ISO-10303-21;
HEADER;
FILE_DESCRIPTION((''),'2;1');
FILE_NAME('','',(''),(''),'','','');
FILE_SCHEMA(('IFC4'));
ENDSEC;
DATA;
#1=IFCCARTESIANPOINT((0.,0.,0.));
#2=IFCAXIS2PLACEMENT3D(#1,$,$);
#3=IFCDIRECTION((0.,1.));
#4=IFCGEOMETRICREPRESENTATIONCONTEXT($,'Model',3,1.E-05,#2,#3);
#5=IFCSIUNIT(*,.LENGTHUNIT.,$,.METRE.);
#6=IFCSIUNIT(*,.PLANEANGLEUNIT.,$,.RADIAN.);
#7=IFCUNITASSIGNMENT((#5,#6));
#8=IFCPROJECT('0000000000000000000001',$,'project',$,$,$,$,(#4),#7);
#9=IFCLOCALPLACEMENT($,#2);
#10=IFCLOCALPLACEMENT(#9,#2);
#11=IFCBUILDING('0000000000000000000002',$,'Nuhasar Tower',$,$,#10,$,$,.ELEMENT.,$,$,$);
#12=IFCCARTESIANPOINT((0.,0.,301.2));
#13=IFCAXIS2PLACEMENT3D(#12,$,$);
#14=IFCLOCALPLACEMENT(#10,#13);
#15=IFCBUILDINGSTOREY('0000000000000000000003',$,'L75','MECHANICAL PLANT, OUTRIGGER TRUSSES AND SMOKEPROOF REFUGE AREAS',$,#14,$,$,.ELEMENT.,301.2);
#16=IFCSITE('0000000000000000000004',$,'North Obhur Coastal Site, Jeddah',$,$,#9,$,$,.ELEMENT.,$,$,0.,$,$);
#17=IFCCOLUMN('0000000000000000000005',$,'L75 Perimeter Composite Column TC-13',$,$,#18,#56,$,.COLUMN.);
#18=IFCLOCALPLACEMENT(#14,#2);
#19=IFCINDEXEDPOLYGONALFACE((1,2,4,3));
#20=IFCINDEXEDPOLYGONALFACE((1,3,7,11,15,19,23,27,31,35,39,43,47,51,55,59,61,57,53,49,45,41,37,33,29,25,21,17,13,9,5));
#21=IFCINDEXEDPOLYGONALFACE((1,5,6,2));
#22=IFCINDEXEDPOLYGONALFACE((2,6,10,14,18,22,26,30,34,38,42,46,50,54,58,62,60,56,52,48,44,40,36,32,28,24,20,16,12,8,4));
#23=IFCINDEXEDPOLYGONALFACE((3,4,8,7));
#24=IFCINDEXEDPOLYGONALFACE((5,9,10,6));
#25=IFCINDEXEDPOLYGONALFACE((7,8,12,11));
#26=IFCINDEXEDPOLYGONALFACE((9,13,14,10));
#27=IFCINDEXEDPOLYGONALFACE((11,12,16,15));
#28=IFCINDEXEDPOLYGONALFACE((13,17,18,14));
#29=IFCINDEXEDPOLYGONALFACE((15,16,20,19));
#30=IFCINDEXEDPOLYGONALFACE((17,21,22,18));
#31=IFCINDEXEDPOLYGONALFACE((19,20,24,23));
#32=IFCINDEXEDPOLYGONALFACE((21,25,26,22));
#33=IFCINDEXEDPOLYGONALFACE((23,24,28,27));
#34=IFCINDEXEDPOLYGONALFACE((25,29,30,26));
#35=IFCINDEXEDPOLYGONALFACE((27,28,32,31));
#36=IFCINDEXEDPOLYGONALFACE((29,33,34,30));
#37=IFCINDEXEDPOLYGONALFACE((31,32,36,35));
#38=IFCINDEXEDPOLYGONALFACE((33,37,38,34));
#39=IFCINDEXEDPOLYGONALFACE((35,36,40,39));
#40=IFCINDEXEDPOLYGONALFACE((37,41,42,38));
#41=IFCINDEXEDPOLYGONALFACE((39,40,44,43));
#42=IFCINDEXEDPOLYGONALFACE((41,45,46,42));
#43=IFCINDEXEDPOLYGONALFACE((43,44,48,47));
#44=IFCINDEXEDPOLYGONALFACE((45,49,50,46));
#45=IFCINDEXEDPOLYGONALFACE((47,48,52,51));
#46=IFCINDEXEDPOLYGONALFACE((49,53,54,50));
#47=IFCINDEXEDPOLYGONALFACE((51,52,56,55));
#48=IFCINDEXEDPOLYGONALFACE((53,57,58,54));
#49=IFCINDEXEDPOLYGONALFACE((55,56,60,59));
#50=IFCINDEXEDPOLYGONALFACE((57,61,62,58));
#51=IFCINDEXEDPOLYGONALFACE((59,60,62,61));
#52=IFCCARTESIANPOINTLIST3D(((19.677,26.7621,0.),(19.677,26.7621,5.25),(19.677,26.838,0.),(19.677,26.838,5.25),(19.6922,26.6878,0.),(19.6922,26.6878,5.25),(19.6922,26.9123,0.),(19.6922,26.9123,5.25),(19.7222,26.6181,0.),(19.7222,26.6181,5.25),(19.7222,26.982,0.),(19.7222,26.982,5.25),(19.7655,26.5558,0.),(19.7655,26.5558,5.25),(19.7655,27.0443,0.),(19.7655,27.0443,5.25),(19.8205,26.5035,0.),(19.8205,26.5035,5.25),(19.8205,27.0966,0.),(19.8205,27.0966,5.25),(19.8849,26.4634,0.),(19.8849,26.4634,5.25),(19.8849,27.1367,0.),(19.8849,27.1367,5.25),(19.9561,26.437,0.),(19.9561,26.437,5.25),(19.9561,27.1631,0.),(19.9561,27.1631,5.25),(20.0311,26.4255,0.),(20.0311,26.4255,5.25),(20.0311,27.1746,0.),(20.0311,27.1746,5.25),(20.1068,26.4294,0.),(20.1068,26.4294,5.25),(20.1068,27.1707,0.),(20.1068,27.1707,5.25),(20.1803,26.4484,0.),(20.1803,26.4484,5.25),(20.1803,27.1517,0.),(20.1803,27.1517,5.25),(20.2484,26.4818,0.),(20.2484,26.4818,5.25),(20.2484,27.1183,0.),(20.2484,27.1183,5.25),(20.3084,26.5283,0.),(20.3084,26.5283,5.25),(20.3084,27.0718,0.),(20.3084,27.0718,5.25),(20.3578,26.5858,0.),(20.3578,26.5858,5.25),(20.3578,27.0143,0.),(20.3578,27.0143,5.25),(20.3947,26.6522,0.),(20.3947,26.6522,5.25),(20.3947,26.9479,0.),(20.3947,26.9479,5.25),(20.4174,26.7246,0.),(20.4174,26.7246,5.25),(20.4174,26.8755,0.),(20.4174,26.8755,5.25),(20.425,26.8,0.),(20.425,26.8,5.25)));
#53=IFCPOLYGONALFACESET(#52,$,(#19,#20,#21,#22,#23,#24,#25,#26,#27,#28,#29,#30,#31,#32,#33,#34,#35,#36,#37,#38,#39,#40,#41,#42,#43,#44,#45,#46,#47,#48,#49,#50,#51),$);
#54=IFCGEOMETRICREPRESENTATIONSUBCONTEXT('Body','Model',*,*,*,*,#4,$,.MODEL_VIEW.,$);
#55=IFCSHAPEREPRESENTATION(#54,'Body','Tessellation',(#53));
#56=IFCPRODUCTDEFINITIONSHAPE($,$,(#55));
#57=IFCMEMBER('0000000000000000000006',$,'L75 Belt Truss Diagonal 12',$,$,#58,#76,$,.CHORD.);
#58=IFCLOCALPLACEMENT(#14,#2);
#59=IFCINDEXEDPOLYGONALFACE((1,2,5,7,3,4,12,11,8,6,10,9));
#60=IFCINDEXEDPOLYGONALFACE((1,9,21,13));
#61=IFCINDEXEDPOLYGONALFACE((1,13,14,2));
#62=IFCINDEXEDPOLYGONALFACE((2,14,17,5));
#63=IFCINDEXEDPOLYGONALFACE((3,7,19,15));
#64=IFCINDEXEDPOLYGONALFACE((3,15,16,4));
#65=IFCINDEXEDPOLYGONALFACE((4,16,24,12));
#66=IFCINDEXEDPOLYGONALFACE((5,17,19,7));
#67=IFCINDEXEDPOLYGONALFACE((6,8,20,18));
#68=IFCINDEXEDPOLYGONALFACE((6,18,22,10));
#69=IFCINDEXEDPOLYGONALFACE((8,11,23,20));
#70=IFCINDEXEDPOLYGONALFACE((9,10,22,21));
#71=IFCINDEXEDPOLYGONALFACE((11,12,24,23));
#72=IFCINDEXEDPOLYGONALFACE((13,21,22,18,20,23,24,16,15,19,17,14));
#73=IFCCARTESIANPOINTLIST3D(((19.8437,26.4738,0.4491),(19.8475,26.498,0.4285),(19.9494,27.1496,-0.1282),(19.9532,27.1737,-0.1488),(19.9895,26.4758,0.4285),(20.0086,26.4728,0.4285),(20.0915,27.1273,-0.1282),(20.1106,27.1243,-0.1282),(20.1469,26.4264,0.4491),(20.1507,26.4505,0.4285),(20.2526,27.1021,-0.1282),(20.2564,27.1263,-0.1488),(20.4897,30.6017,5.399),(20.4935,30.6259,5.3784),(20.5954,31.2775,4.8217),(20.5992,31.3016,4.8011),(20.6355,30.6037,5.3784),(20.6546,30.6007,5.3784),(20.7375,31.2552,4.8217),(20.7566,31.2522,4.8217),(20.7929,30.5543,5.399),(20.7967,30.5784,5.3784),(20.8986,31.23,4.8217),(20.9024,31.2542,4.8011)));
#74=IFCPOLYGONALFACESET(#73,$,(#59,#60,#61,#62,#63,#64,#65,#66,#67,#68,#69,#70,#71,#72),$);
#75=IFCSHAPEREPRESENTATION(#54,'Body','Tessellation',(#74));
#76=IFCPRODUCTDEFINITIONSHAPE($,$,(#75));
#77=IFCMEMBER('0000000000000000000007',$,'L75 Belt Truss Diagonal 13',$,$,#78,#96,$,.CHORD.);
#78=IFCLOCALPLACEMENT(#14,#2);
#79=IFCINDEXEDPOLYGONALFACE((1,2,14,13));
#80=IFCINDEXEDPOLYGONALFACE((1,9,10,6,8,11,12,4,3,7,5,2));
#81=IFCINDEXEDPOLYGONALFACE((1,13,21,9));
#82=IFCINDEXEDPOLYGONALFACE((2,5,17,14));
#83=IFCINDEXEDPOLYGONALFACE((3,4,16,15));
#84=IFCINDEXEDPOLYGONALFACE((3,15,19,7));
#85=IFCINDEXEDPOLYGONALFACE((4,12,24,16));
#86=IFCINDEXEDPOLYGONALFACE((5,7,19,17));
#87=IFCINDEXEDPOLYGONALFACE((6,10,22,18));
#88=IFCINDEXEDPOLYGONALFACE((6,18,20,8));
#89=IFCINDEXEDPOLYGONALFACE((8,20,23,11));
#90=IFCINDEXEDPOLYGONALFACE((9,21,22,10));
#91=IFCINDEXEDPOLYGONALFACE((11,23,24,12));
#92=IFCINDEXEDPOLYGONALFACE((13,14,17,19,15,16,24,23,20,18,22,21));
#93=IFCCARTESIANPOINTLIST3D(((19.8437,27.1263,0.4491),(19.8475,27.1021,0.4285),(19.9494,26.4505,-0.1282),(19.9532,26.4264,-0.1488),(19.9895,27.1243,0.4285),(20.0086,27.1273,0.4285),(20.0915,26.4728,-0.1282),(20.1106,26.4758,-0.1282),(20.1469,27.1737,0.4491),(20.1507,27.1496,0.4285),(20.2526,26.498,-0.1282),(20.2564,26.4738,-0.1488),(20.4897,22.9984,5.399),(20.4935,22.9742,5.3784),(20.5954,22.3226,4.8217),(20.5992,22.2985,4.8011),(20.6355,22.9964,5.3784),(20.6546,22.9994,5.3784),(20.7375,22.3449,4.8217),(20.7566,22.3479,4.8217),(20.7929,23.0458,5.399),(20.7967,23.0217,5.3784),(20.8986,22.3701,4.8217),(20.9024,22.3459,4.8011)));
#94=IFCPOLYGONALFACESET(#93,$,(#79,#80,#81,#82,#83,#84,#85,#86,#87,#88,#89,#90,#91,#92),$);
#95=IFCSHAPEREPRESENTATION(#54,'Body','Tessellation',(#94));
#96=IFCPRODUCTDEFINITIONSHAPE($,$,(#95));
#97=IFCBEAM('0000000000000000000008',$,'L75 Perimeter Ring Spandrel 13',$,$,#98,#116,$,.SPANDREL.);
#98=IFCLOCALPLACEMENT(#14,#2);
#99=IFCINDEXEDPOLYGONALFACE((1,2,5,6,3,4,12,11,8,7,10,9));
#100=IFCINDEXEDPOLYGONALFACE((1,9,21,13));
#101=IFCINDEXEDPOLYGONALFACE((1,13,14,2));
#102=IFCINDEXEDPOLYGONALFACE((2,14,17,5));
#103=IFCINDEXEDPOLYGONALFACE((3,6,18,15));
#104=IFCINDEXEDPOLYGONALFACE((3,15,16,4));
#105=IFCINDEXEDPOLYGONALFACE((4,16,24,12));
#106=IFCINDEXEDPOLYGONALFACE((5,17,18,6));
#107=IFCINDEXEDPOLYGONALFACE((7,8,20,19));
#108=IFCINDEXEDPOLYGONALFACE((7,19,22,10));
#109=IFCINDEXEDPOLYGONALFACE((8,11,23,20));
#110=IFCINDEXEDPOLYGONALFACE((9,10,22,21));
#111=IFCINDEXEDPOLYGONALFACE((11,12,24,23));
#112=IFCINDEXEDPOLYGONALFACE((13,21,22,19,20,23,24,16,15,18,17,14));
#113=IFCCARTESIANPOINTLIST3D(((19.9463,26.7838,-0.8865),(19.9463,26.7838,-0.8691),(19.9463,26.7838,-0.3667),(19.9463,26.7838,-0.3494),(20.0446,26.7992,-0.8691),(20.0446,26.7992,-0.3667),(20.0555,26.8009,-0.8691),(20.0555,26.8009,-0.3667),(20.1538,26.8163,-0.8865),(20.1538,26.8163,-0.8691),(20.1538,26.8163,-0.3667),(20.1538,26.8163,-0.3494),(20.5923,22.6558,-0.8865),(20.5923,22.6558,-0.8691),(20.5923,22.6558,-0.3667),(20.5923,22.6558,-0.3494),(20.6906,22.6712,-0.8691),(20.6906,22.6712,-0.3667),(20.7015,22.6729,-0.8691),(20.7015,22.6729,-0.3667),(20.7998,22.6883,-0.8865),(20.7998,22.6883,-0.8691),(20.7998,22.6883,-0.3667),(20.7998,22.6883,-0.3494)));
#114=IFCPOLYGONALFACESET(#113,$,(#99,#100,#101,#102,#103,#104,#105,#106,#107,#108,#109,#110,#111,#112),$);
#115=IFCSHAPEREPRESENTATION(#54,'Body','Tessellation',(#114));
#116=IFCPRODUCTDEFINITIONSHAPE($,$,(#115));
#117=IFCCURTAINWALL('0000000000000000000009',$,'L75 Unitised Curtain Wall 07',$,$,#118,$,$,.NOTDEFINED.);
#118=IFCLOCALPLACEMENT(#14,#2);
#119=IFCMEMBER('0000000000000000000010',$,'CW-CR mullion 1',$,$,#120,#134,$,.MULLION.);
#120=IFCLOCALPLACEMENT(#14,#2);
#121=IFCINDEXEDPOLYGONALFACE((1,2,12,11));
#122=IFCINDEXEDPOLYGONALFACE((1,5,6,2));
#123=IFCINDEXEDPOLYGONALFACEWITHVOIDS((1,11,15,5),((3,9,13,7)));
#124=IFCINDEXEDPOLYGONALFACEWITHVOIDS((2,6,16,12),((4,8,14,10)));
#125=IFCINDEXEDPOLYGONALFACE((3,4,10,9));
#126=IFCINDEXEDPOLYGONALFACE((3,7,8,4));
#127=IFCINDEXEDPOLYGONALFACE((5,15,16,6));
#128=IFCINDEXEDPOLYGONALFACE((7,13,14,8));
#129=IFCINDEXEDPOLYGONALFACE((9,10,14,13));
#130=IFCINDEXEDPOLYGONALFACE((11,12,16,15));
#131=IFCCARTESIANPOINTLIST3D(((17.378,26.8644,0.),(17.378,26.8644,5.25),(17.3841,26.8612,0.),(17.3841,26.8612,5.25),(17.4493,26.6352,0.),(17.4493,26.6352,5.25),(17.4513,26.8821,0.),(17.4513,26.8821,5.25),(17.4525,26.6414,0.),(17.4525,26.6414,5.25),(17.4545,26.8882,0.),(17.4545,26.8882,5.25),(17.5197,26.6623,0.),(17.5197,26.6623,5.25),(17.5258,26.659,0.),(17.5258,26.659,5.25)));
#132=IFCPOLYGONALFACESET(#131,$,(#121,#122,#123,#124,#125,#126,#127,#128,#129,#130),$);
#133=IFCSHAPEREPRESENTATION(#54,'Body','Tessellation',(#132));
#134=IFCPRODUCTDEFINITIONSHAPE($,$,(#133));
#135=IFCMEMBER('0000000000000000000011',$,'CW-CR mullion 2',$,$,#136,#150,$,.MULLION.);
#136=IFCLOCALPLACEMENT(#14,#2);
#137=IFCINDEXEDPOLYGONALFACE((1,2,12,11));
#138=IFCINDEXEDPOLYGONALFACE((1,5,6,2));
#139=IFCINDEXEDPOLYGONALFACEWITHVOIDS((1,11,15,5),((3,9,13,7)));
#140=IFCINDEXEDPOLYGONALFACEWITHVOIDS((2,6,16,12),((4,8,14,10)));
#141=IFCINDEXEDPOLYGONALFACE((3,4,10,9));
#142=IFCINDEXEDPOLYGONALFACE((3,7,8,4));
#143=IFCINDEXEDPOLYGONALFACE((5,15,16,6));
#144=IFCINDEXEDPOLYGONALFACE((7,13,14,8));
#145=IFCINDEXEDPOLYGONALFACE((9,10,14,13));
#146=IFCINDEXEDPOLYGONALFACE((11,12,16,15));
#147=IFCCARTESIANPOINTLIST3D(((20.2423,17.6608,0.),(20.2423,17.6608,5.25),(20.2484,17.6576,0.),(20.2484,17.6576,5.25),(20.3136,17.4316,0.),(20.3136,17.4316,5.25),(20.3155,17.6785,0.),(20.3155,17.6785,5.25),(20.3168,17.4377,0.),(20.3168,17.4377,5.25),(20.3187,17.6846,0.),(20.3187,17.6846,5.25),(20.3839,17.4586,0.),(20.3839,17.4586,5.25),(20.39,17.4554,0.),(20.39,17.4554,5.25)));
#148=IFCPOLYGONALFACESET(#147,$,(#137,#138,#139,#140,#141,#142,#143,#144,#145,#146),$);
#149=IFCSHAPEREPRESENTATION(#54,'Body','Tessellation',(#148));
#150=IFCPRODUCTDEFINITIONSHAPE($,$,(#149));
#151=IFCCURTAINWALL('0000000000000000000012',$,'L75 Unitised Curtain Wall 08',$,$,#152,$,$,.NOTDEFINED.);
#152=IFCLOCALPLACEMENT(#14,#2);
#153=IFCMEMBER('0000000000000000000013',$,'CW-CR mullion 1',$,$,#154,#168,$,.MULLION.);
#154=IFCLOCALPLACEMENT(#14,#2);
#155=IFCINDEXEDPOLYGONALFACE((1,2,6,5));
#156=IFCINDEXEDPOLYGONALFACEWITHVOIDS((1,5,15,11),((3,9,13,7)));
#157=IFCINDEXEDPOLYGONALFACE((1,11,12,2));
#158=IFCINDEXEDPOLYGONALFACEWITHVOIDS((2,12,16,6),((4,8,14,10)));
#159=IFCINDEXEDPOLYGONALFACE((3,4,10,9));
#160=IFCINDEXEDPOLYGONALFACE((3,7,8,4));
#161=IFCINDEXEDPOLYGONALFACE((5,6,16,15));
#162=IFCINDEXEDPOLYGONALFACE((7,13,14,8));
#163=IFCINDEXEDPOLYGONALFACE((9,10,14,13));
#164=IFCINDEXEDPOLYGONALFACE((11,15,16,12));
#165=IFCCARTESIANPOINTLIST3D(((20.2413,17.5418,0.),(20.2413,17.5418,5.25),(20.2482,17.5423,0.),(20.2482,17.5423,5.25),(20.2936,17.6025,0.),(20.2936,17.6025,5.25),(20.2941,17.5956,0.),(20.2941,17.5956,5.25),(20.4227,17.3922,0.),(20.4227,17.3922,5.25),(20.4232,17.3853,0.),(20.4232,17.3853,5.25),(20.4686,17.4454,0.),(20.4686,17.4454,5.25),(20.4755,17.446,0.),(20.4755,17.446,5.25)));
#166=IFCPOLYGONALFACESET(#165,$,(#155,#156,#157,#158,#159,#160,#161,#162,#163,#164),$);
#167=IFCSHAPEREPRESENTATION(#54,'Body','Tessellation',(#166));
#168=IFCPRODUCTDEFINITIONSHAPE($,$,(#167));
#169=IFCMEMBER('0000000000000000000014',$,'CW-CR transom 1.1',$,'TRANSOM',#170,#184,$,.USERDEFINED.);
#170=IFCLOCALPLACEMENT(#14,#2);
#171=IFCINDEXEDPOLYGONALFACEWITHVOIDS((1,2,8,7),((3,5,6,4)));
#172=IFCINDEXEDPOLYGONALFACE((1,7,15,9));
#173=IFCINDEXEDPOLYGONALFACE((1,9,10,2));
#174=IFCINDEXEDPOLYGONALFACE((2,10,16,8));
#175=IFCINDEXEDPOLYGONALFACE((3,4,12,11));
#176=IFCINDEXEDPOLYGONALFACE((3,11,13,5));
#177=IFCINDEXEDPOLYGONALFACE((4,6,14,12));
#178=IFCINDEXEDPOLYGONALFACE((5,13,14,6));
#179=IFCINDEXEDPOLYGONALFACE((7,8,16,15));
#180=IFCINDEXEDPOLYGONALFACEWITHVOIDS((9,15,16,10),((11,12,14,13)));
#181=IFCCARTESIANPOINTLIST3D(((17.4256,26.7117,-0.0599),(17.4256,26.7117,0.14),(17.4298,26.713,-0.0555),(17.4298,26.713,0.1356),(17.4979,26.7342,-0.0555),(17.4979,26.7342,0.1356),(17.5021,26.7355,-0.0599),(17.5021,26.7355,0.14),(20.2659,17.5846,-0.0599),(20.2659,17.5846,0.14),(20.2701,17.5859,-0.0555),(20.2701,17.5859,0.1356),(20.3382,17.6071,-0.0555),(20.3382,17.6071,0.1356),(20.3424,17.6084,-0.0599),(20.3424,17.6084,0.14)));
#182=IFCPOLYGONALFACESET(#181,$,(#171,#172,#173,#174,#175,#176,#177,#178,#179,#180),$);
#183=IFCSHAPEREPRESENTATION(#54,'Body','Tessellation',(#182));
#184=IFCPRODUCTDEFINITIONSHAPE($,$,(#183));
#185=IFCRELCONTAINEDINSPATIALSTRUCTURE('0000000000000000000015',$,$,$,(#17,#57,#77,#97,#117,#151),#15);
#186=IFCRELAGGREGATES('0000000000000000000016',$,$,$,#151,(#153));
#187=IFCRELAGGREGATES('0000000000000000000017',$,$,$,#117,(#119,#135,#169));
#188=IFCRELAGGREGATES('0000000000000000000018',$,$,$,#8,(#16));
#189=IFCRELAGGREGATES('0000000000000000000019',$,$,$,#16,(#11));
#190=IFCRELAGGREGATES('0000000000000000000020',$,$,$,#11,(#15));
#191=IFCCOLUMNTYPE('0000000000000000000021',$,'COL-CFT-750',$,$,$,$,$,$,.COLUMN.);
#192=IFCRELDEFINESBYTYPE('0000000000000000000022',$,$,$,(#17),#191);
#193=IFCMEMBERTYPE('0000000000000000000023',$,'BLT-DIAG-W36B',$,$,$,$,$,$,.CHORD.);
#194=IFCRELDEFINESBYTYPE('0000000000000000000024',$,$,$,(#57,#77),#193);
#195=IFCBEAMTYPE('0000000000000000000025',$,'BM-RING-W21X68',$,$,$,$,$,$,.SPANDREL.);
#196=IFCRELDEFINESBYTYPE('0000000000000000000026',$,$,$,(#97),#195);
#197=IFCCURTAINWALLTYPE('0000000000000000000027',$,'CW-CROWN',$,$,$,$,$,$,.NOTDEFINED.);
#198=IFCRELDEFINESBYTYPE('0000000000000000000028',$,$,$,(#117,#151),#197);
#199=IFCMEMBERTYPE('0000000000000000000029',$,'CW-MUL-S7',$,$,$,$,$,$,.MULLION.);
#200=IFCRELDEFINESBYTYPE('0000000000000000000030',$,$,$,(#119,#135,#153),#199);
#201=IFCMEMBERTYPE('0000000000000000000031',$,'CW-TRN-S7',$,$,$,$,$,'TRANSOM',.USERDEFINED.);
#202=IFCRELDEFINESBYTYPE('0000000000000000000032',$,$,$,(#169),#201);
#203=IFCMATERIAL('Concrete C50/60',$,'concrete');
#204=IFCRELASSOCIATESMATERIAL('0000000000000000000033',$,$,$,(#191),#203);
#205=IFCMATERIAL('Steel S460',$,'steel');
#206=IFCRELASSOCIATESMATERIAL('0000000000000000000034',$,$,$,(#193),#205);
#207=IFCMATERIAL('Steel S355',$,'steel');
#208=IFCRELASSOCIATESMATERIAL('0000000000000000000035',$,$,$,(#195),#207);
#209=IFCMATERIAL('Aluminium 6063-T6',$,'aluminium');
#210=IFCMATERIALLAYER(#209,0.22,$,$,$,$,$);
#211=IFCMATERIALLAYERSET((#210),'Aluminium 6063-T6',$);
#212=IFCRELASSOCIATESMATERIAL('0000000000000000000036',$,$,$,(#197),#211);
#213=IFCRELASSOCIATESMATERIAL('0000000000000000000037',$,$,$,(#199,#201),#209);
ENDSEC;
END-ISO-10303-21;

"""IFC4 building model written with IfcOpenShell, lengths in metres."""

from ifc_helpers import new_model, si_unit, direction, frame, origin, origin_2d, place, context, subcontext, project, spatial, hollow_rectangle, circle, i_section, extrude, material, layer, layer_set, material_profile, profile_set, type_object, element, aggregate, save


model = new_model("IFC4")

# Units and contexts
model_context = context("Model", 3, precision=1e-05, world=origin(), true_north=direction((0.0, 1.0)))
body_context = subcontext(model_context, "Body", "Model", "MODEL_VIEW")
ifc_project = project(units=[si_unit("LENGTHUNIT", "METRE"), si_unit("PLANEANGLEUNIT", "RADIAN")], contexts=[model_context])

# Site, building, storey
site_placement = place(None, origin())
site = spatial("IfcSite", under=ifc_project, at=site_placement, Name="North Obhur Coastal Site, Jeddah", CompositionType="ELEMENT", RefElevation=0.0)
building_placement = place(site_placement, origin())
building = spatial("IfcBuilding", under=site, at=building_placement, Name="Nuhasar Tower", CompositionType="ELEMENT")
storey_placement = place(building_placement, frame((0.0, 0.0, 301.2)))
storey = spatial("IfcBuildingStorey", under=building, at=storey_placement, Name="L75", Description="MECHANICAL PLANT, OUTRIGGER TRUSSES AND SMOKEPROOF REFUGE AREAS", CompositionType="ELEMENT", Elevation=301.2)

# Column
ifc_material_1 = material(Name="Concrete C50/60", Category="concrete")
ifc_material_profile_1 = material_profile(ifc_material_1, circle(Radius=0.375, at=origin_2d()), Name="CFT750")
ifc_profile_set_1 = profile_set([ifc_material_profile_1], Name="Concrete C50/60")
column_type = type_object("IfcColumnType", Name="COL-CFT-750", PredefinedType="COLUMN", material=ifc_profile_set_1)
column_placement = place(storey_placement, frame((20.05, 26.8, 0.0), z_axis=(0.0, 0.0, 1.0), x_axis=(1.0, 0.0, 0.0)))
element("IfcColumn", 1, at=column_placement, inside=storey, type_object=column_type, Name="L75 Perimeter Composite Column TC-13", PredefinedType="COLUMN", context=body_context, shape_type="SweptSolid", body=[
    extrude(circle(Radius=0.375, at=origin_2d()), origin(), (0.0, 0.0, 1.0), 5.25),
])

# Members
ifc_material_2 = material(Name="Steel S460", Category="steel")
ifc_material_profile_2 = material_profile(ifc_material_2, i_section(OverallWidth=0.3069, OverallDepth=0.927, WebThickness=0.0193, FlangeThickness=0.032, at=origin_2d()), Name="W36X194")
ifc_profile_set_2 = profile_set([ifc_material_profile_2], Name="Steel S460")
member_type_1 = type_object("IfcMemberType", Name="BLT-DIAG-W36B", PredefinedType="CHORD", material=ifc_profile_set_2)
for number, where, z_axis, x_axis, name in (
    (2, (20.05, 26.8, 0.1501), (0.099728, 0.637264, 0.764166), (-0.987975, 0.154612, 0.0), "L75 Belt Truss Diagonal 12"),
    (3, (20.05, 26.8, 0.1501), (0.099728, -0.637264, 0.764166), (0.987975, 0.154612, 0.0), "L75 Belt Truss Diagonal 13"),
):
    element("IfcMember", number, at=place(storey_placement, frame(where, z_axis=z_axis, x_axis=x_axis)), inside=storey, type_object=member_type_1, Name=name, PredefinedType="CHORD", context=body_context, shape_type="SweptSolid", body=[
        extrude(i_section(OverallWidth=0.3069, OverallDepth=0.927, WebThickness=0.0193, FlangeThickness=0.032, at=origin_2d()), origin(), (0.0, 0.0, 1.0), 6.4775),
    ])

# Beam
ifc_material_3 = material(Name="Steel S355", Category="steel")
ifc_material_profile_3 = material_profile(ifc_material_3, i_section(OverallWidth=0.21, OverallDepth=0.5371, WebThickness=0.011, FlangeThickness=0.0173, at=origin_2d()), Name="W21X68")
ifc_profile_set_3 = profile_set([ifc_material_profile_3], Name="Steel S355")
beam_type = type_object("IfcBeamType", Name="BM-RING-W21X68", PredefinedType="SPANDREL", material=ifc_profile_set_3)
beam_placement = place(storey_placement, frame((20.05, 26.8, -0.6179), z_axis=(0.154612, -0.987975, 0.0), x_axis=(0.987975, 0.154612, 0.0)))
element("IfcBeam", 4, at=beam_placement, inside=storey, type_object=beam_type, Name="L75 Perimeter Ring Spandrel 13", PredefinedType="SPANDREL", context=body_context, shape_type="SweptSolid", body=[
    extrude(i_section(OverallWidth=0.21, OverallDepth=0.5371, WebThickness=0.011, FlangeThickness=0.0173, at=origin_2d()), origin(), (0.0, 0.0, 1.0), 4.1782),
])

# Curtain wall, members
ifc_material_4 = material(Name="Aluminium 6063-T6", Category="aluminium")
ifc_layer_1 = layer(ifc_material_4, 0.22)
ifc_layer_set_1 = layer_set([ifc_layer_1], Name="Aluminium 6063-T6")
curtain_wall_type = type_object("IfcCurtainWallType", Name="CW-CROWN", PredefinedType="NOTDEFINED", material=ifc_layer_set_1)
curtain_wall_1_placement = place(storey_placement, origin())
curtain_wall_1 = element("IfcCurtainWall", 5, at=curtain_wall_1_placement, inside=storey, type_object=curtain_wall_type, Name="L75 Unitised Curtain Wall 07", PredefinedType="NOTDEFINED")
ifc_material_profile_4 = material_profile(ifc_material_4, hollow_rectangle(XDim=0.0801, YDim=0.24, WallThickness=0.0049, at=origin_2d()), Name="CWM-7")
ifc_profile_set_4 = profile_set([ifc_material_profile_4], Name="Aluminium 6063-T6")
member_type_2 = type_object("IfcMemberType", Name="CW-MUL-S7", PredefinedType="MULLION", material=ifc_profile_set_4)
member_1_placement = place(storey_placement, frame((17.4519, 26.7617, 0.0), z_axis=(0.0, 0.0, 1.0), x_axis=(0.954831, 0.29715, 0.0)))
member_1 = element("IfcMember", 6, at=member_1_placement, type_object=member_type_2, Name="CW-CR mullion 1", PredefinedType="MULLION", context=body_context, shape_type="SweptSolid", body=[
    extrude(hollow_rectangle(XDim=0.0801, YDim=0.24, WallThickness=0.0049, at=origin_2d()), origin(), (0.0, 0.0, 1.0), 5.25),
])
member_2_placement = place(storey_placement, frame((20.3162, 17.5581, 0.0), z_axis=(0.0, 0.0, 1.0), x_axis=(0.954831, 0.29715, 0.0)))
member_2 = element("IfcMember", 7, at=member_2_placement, type_object=member_type_2, Name="CW-CR mullion 2", PredefinedType="MULLION", context=body_context, shape_type="SweptSolid", body=[
    extrude(hollow_rectangle(XDim=0.0801, YDim=0.24, WallThickness=0.0049, at=origin_2d()), origin(), (0.0, 0.0, 1.0), 5.25),
])

# Curtain wall, member
curtain_wall_2_placement = place(storey_placement, origin())
curtain_wall_2 = element("IfcCurtainWall", 8, at=curtain_wall_2_placement, inside=storey, type_object=curtain_wall_type, Name="L75 Unitised Curtain Wall 08", PredefinedType="NOTDEFINED")
member_3_placement = place(storey_placement, frame((20.3584, 17.4939, 0.0), z_axis=(0.0, 0.0, 1.0), x_axis=(0.652364, 0.757906, 0.0)))
member_3 = element("IfcMember", 9, at=member_3_placement, type_object=member_type_2, Name="CW-CR mullion 1", PredefinedType="MULLION", context=body_context, shape_type="SweptSolid", body=[
    extrude(hollow_rectangle(XDim=0.0801, YDim=0.24, WallThickness=0.0049, at=origin_2d()), origin(), (0.0, 0.0, 1.0), 5.25),
])

# Member
ifc_material_profile_5 = material_profile(ifc_material_4, hollow_rectangle(XDim=0.0801, YDim=0.2, WallThickness=0.0044, at=origin_2d()), Name="CWT-7")
ifc_profile_set_5 = profile_set([ifc_material_profile_5], Name="Aluminium 6063-T6")
member_type_3 = type_object("IfcMemberType", Name="CW-TRN-S7", ElementType="TRANSOM", PredefinedType="USERDEFINED", material=ifc_profile_set_5)
member_4_placement = place(storey_placement, frame((17.4639, 26.7236, 0.04), z_axis=(0.297139, -0.954834, 0.0), x_axis=(0.954834, 0.297139, 0.0)))
member_4 = element("IfcMember", 10, at=member_4_placement, type_object=member_type_3, Name="CW-CR transom 1.1", ObjectType="TRANSOM", PredefinedType="USERDEFINED", context=body_context, shape_type="SweptSolid", body=[
    extrude(hollow_rectangle(XDim=0.0801, YDim=0.2, WallThickness=0.0044, at=origin_2d()), origin(), (0.0, 0.0, 1.0), 9.5588),
])
aggregate(curtain_wall_2, [member_3])

aggregate(curtain_wall_1, [member_1, member_2, member_4])

save(model, "model.ifc")
